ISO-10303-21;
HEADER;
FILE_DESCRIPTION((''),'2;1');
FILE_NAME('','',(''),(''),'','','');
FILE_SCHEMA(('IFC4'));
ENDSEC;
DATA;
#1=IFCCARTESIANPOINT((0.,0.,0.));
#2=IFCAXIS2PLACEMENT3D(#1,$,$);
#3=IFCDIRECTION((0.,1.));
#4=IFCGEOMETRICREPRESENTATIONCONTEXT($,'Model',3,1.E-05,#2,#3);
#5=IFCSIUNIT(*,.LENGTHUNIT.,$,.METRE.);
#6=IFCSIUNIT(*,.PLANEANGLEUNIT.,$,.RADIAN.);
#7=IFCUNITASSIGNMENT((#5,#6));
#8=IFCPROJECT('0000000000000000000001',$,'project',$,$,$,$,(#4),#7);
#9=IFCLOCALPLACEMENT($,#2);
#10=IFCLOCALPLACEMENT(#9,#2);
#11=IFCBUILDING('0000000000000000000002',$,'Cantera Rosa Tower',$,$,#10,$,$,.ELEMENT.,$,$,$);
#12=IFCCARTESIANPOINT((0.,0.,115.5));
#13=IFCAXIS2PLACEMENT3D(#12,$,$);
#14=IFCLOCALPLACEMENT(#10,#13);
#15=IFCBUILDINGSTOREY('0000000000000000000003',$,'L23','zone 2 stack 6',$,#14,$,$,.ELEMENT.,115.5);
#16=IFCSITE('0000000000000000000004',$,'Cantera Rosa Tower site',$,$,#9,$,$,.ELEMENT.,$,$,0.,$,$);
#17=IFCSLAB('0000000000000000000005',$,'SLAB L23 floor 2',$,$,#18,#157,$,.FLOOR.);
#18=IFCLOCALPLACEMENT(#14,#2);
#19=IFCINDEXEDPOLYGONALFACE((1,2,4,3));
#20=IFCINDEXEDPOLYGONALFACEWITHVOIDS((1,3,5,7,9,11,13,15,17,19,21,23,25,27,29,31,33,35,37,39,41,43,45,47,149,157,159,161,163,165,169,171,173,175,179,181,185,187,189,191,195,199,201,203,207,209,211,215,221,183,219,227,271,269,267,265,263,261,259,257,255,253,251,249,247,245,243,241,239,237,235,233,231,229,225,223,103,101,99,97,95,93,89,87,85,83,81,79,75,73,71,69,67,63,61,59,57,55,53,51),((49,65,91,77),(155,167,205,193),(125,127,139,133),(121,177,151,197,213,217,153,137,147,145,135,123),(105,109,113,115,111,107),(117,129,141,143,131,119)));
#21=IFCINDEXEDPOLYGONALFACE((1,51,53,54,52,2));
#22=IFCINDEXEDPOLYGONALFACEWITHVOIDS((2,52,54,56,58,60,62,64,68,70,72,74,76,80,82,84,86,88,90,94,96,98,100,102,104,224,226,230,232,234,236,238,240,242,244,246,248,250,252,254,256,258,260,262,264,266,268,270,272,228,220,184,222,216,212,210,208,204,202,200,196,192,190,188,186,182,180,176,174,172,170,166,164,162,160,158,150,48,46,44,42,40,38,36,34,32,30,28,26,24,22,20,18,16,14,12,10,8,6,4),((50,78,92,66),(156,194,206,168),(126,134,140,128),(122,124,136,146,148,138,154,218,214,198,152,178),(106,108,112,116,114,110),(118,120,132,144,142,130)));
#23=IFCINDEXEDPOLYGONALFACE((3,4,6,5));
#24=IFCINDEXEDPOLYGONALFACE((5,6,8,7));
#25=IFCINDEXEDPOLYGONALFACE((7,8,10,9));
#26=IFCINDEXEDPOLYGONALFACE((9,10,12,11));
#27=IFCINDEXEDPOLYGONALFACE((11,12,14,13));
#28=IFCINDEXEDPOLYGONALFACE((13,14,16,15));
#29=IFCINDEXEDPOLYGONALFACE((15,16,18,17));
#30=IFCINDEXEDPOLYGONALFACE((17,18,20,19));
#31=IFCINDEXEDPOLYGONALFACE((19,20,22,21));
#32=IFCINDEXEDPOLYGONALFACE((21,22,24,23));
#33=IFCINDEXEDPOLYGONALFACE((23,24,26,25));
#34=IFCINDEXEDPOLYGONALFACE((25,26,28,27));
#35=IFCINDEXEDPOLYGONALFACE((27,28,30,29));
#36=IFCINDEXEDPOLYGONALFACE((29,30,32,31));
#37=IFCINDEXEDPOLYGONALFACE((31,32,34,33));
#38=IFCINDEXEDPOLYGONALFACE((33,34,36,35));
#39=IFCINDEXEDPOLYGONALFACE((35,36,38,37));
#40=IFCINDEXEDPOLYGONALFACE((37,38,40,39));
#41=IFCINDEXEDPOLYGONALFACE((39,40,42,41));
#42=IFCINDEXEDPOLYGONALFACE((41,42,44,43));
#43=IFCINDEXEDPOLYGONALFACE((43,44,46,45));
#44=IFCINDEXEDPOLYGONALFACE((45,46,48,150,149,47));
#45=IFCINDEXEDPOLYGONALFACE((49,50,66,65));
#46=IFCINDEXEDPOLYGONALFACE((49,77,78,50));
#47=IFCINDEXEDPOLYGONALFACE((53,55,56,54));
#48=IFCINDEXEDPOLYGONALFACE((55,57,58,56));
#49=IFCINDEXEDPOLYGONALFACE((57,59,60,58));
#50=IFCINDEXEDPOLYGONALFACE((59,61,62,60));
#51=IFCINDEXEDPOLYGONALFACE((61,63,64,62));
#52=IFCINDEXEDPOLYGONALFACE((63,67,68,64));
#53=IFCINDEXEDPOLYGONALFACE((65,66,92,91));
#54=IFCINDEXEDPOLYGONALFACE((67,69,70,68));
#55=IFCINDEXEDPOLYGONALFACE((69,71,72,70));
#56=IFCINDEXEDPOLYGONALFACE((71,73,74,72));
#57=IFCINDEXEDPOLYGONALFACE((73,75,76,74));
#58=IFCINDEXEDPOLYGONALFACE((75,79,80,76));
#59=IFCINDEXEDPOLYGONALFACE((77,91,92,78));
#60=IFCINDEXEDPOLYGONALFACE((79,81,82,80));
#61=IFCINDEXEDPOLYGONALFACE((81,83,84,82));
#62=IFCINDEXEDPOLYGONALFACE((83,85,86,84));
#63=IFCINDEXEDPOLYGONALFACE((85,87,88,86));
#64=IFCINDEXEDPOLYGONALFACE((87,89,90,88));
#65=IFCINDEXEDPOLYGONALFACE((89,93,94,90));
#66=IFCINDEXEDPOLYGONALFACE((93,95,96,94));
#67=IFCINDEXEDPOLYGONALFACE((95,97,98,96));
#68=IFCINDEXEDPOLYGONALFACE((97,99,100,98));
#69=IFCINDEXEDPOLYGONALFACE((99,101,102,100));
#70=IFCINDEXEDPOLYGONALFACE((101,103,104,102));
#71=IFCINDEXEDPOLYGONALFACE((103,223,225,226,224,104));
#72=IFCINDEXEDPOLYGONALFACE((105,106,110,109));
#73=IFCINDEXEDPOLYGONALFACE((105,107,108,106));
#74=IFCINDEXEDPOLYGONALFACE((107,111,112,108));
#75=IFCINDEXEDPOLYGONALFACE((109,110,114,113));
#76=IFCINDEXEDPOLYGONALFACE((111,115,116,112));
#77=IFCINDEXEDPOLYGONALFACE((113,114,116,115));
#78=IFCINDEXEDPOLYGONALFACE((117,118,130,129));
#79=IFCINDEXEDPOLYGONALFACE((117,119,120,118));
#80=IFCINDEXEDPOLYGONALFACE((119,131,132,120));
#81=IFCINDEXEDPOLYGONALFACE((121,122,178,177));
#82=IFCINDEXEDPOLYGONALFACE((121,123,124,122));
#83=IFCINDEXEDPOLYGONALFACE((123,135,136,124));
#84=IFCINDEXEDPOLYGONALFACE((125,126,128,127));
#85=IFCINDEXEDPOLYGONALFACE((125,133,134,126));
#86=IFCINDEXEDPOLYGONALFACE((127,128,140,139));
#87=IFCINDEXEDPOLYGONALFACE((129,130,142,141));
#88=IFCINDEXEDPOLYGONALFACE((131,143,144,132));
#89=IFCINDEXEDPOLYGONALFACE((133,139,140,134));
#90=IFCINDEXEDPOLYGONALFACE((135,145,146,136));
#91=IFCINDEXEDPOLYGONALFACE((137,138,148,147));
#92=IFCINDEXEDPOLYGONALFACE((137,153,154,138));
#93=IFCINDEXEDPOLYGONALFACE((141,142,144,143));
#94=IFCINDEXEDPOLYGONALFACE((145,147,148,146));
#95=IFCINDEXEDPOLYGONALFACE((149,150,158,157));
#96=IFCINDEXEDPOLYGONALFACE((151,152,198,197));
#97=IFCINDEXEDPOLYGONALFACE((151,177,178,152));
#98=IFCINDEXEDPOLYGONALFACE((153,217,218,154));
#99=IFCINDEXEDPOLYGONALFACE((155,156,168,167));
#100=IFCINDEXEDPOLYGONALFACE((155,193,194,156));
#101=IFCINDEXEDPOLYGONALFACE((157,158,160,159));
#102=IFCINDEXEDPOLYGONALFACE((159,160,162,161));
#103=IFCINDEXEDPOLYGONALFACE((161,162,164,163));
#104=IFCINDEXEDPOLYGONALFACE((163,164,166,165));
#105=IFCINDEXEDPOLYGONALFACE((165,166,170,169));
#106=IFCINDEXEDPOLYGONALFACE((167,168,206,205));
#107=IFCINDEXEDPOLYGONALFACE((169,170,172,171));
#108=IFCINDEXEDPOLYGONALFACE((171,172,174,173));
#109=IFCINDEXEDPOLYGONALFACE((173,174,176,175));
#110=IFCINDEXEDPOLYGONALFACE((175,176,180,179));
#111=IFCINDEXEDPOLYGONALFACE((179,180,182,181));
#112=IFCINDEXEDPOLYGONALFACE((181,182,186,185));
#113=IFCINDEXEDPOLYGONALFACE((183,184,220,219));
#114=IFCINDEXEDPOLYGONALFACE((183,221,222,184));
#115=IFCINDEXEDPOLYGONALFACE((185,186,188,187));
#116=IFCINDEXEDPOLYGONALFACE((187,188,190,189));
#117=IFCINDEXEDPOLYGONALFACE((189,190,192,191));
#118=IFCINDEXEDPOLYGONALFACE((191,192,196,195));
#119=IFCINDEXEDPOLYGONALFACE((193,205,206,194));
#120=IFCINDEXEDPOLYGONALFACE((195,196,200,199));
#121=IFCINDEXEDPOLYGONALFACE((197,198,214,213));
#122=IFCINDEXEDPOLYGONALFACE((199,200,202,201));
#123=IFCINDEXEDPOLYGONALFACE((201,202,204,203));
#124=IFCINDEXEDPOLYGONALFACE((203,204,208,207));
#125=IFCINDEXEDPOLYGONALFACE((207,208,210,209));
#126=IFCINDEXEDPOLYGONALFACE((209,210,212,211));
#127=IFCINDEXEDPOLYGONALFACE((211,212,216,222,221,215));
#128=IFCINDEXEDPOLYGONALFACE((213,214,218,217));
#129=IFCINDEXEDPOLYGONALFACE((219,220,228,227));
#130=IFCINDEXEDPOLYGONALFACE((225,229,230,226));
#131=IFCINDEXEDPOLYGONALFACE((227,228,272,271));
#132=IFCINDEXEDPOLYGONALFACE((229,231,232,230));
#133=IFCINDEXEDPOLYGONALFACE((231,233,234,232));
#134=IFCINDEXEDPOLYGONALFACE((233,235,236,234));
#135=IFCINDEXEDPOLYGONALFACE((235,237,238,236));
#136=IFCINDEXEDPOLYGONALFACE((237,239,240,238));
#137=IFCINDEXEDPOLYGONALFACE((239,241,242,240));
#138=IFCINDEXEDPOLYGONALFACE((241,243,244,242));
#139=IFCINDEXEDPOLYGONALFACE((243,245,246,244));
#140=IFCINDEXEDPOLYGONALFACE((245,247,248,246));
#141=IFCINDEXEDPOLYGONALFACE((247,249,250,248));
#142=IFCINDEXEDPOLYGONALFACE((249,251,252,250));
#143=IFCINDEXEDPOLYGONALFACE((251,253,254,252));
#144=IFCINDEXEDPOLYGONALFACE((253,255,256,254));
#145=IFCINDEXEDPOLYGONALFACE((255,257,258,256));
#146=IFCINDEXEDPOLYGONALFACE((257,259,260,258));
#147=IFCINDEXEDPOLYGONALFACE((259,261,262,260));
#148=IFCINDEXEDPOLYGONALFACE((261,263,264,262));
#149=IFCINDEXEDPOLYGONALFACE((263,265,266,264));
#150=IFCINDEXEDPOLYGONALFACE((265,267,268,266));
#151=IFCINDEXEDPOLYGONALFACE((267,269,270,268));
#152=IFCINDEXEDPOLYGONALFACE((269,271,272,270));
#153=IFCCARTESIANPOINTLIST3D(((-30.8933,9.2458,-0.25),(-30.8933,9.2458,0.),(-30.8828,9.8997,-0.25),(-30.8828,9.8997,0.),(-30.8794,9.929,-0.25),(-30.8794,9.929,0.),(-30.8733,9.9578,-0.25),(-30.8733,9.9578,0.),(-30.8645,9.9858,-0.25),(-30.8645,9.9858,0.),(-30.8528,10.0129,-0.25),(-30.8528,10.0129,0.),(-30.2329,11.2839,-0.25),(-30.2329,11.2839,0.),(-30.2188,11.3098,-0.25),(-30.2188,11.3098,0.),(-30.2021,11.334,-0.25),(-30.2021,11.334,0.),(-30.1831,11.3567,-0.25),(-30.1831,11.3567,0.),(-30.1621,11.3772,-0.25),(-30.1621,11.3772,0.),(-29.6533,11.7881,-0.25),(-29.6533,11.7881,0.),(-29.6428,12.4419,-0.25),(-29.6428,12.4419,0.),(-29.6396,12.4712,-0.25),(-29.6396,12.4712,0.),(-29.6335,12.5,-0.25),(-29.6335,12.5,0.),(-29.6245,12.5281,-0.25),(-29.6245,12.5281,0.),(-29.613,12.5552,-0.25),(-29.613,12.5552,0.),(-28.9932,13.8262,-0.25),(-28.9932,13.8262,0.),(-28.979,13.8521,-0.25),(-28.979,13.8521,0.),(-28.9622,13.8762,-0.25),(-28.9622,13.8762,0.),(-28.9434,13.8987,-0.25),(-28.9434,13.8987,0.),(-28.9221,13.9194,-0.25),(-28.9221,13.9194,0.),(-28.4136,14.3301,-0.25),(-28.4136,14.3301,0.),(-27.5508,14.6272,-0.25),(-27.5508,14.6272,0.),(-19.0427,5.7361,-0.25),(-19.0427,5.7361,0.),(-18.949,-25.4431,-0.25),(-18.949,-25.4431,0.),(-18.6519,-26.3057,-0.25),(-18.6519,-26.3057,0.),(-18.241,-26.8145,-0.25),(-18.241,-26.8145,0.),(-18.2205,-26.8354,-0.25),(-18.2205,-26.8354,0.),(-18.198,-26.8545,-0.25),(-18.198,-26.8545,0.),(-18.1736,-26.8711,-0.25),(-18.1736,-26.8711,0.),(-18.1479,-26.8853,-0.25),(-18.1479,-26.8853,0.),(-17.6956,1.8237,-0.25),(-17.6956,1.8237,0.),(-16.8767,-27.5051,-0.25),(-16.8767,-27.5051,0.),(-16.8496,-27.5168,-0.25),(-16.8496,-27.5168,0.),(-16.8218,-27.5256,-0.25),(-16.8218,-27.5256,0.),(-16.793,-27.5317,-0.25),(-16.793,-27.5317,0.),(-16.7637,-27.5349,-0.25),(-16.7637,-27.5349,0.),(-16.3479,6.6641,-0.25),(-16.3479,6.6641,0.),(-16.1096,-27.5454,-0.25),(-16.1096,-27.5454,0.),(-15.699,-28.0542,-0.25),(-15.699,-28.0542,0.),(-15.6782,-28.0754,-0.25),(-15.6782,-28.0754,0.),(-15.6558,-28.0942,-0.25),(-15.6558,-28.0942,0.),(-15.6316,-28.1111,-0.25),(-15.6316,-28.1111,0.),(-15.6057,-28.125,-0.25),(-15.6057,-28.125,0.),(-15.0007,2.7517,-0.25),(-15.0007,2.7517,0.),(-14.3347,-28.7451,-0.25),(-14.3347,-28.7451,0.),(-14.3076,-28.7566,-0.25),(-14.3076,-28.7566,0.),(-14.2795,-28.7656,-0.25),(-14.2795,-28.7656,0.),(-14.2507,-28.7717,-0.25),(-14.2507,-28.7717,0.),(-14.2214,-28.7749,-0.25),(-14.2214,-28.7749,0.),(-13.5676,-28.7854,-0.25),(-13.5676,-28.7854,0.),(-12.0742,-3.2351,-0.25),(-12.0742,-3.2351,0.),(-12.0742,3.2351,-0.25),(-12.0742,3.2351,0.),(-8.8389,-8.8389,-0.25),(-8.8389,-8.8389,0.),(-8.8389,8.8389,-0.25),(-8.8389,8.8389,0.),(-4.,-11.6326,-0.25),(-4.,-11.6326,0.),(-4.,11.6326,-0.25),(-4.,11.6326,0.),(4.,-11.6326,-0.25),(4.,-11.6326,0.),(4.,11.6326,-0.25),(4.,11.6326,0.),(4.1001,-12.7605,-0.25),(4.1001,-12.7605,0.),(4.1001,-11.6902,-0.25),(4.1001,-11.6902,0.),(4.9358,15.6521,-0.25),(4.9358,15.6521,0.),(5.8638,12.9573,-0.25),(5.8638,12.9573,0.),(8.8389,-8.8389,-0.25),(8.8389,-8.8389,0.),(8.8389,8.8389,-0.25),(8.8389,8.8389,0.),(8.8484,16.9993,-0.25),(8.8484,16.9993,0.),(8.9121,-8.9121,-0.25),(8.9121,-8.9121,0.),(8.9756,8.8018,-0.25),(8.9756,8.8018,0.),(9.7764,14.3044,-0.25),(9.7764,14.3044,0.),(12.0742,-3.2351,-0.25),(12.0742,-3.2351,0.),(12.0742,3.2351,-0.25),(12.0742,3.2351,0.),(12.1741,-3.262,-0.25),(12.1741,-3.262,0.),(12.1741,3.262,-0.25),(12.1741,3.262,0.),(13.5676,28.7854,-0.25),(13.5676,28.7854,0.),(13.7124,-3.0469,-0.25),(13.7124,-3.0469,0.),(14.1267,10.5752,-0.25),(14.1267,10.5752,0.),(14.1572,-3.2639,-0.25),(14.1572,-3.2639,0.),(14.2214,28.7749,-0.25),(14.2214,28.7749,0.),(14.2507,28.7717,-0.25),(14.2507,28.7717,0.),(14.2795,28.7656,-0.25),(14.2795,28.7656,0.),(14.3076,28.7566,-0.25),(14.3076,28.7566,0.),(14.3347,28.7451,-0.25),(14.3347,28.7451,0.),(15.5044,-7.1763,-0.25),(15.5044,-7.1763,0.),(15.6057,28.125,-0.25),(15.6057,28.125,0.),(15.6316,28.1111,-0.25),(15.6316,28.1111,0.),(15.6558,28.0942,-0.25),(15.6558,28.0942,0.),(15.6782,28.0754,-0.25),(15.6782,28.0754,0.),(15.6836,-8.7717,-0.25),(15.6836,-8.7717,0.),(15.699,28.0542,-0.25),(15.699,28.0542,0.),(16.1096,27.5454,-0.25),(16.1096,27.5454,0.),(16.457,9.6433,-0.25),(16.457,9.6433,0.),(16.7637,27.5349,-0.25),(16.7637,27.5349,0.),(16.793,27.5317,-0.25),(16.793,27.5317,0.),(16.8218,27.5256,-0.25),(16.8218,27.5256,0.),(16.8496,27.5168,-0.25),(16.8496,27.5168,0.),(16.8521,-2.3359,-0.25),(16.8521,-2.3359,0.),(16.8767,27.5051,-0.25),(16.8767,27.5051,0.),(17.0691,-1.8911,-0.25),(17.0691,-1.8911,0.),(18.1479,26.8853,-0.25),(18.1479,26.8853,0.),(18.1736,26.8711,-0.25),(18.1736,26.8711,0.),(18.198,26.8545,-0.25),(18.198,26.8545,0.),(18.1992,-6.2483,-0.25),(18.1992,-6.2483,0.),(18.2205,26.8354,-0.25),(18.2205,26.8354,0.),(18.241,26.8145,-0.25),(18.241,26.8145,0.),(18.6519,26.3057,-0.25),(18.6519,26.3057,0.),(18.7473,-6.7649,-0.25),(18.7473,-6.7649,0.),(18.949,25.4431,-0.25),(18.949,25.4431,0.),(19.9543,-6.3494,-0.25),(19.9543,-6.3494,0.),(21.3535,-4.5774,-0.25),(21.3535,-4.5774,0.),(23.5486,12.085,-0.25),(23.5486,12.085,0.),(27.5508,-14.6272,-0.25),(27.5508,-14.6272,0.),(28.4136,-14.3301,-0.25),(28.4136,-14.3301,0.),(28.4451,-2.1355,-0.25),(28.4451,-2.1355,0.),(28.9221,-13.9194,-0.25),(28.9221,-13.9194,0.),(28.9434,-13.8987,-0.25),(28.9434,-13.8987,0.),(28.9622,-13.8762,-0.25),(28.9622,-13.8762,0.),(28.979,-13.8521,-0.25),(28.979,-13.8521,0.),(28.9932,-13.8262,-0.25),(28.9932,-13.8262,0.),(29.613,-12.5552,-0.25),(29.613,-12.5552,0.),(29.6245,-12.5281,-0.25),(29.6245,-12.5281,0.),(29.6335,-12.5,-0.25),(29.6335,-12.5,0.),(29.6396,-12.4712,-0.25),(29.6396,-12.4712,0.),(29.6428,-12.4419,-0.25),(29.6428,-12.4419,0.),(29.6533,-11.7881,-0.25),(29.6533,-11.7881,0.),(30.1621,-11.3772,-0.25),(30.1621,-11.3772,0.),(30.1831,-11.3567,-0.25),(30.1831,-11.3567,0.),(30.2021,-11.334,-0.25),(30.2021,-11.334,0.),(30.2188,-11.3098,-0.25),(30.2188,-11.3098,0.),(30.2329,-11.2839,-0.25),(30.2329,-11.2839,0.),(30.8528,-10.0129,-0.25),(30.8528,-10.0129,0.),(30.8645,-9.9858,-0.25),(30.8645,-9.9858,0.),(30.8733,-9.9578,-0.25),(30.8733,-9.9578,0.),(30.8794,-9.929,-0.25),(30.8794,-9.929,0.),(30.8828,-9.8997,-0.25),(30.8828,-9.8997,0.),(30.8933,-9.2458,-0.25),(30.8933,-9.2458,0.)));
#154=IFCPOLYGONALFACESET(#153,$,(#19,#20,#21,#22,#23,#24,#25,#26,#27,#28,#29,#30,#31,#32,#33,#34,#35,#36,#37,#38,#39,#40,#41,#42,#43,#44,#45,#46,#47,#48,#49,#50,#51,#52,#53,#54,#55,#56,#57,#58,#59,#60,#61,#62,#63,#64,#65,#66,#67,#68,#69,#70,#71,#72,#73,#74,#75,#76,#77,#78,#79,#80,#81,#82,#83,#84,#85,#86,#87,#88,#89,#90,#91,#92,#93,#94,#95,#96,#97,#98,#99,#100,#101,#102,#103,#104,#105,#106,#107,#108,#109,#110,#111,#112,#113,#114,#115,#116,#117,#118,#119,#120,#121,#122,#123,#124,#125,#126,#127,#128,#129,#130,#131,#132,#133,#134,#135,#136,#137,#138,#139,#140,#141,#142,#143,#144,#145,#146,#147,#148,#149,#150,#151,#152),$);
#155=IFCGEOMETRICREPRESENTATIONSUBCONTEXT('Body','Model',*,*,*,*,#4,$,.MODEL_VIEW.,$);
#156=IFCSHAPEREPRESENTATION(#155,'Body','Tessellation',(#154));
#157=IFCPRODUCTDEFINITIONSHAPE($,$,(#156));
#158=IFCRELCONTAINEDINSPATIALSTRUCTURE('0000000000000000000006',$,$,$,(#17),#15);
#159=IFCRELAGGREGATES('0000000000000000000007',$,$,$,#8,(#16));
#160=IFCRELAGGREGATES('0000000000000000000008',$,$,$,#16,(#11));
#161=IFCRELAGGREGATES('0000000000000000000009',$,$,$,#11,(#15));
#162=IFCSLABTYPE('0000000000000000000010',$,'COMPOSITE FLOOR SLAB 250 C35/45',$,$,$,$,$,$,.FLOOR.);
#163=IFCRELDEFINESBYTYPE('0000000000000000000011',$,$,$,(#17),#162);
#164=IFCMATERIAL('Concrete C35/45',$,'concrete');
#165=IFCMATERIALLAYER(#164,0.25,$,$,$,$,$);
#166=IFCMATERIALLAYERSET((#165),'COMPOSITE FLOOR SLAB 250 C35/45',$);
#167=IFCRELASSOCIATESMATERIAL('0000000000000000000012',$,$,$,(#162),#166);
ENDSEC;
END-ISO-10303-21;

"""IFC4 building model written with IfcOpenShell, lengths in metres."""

from ifc_helpers import new_model, si_unit, direction, frame, origin, place, context, subcontext, project, spatial, polyline, outline, extrude, material, layer, layer_set, type_object, element, save


model = new_model("IFC4")

# Units and contexts
model_context = context("Model", 3, precision=1e-05, world=origin(), true_north=direction((0.0, 1.0)))
body_context = subcontext(model_context, "Body", "Model", "MODEL_VIEW")
ifc_project = project(units=[si_unit("LENGTHUNIT", "METRE"), si_unit("PLANEANGLEUNIT", "RADIAN")], contexts=[model_context])

# Site, building, storey
site_placement = place(None, origin())
site = spatial("IfcSite", under=ifc_project, at=site_placement, Name="Cantera Rosa Tower site", CompositionType="ELEMENT", RefElevation=0.0)
building_placement = place(site_placement, origin())
building = spatial("IfcBuilding", under=site, at=building_placement, Name="Cantera Rosa Tower", CompositionType="ELEMENT")
storey_placement = place(building_placement, frame((0.0, 0.0, 115.5)))
storey = spatial("IfcBuildingStorey", under=building, at=storey_placement, Name="L23", Description="zone 2 stack 6", CompositionType="ELEMENT", Elevation=115.5)

# Slab
ifc_material_1 = material(Name="Concrete C35/45", Category="concrete")
ifc_layer_1 = layer(ifc_material_1, 0.25)
ifc_layer_set_1 = layer_set([ifc_layer_1], Name="COMPOSITE FLOOR SLAB 250 C35/45")
slab_type_1 = type_object("IfcSlabType", Name="COMPOSITE FLOOR SLAB 250 C35/45", PredefinedType="FLOOR", material=ifc_layer_set_1)
slab_1_placement = place(storey_placement, frame((0.0, 0.0, -0.25)))
element("IfcSlab", 1, at=slab_1_placement, inside=storey, type_object=slab_type_1, Name="SLAB L23 floor 2", PredefinedType="FLOOR", context=body_context, shape_type="SweptSolid", body=[
    extrude(outline(polyline([(-14.3347, -28.7451), (-15.6057, -28.125), (-15.6316, -28.1111), (-15.6558, -28.0942), (-15.6782, -28.0754), (-15.699, -28.0542), (-16.1096, -27.5454), (-16.7637, -27.5349), (-16.793, -27.5317), (-16.8218, -27.5256), (-16.8496, -27.5168), (-16.8767, -27.5051), (-18.1479, -26.8853), (-18.1736, -26.8711), (-18.198, -26.8545), (-18.2205, -26.8354), (-18.241, -26.8145), (-18.6519, -26.3057), (-18.949, -25.4431), (-30.8933, 9.2458), (-30.8828, 9.8997), (-30.8794, 9.929), (-30.8733, 9.9578), (-30.8645, 9.9858), (-30.8528, 10.0129), (-30.2329, 11.2839), (-30.2188, 11.3098), (-30.2021, 11.334), (-30.1831, 11.3567), (-30.1621, 11.3772), (-29.6533, 11.7881), (-29.6428, 12.4419), (-29.6396, 12.4712), (-29.6335, 12.5), (-29.6245, 12.5281), (-29.613, 12.5552), (-28.9932, 13.8262), (-28.979, 13.8521), (-28.9622, 13.8762), (-28.9434, 13.8987), (-28.9221, 13.9194), (-28.4136, 14.3301), (-27.5508, 14.6272), (13.5676, 28.7854), (14.2214, 28.7749), (14.2507, 28.7717), (14.2795, 28.7656), (14.3076, 28.7566), (14.3347, 28.7451), (15.6057, 28.125), (15.6316, 28.1111), (15.6558, 28.0942), (15.6782, 28.0754), (15.699, 28.0542), (16.1096, 27.5454), (16.7637, 27.5349), (16.793, 27.5317), (16.8218, 27.5256), (16.8496, 27.5168), (16.8767, 27.5051), (18.1479, 26.8853), (18.1736, 26.8711), (18.198, 26.8545), (18.2205, 26.8354), (18.241, 26.8145), (18.6519, 26.3057), (18.949, 25.4431), (23.5486, 12.085), (16.457, 9.6433), (21.3535, -4.5774), (28.4451, -2.1355), (30.8933, -9.2458), (30.8828, -9.8997), (30.8794, -9.929), (30.8733, -9.9578), (30.8645, -9.9858), (30.8528, -10.0129), (30.2329, -11.2839), (30.2188, -11.3098), (30.2021, -11.334), (30.1831, -11.3567), (30.1621, -11.3772), (29.6533, -11.7881), (29.6428, -12.4419), (29.6396, -12.4712), (29.6335, -12.5), (29.6245, -12.5281), (29.613, -12.5552), (28.9932, -13.8262), (28.979, -13.8521), (28.9622, -13.8762), (28.9434, -13.8987), (28.9221, -13.9194), (28.4136, -14.3301), (27.5508, -14.6272), (-13.5676, -28.7854), (-14.2214, -28.7749), (-14.2507, -28.7717), (-14.2795, -28.7656), (-14.3076, -28.7566), (-14.3347, -28.7451)]), holes=[polyline([(-4.0, 11.6326), (-8.8389, 8.8389), (-12.0742, 3.2351), (-12.0742, -3.2351), (-8.8389, -8.8389), (-4.0, -11.6326), (-4.0, 11.6326)]), polyline([(-15.0007, 2.7517), (-16.3479, 6.6641), (-19.0427, 5.7361), (-17.6956, 1.8237), (-15.0007, 2.7517)]), polyline([(18.1992, -6.2483), (16.8521, -2.3359), (14.1572, -3.2639), (15.5044, -7.1763), (18.1992, -6.2483)]), polyline([(15.6836, -8.7717), (13.7124, -3.0469), (17.0691, -1.8911), (18.7473, -6.7649), (19.9543, -6.3494), (14.1267, 10.5752), (8.9756, 8.8018), (12.1741, 3.262), (12.1741, -3.262), (8.9121, -8.9121), (4.1001, -11.6902), (4.1001, -12.7605), (15.6836, -8.7717)]), polyline([(8.8389, -8.8389), (12.0742, -3.2351), (12.0742, 3.2351), (8.8389, 8.8389), (4.0, 11.6326), (4.0, -11.6326), (8.8389, -8.8389)]), polyline([(9.7764, 14.3044), (8.8484, 16.9993), (4.9358, 15.6521), (5.8638, 12.9573), (9.7764, 14.3044)])]), origin(), (0.0, 0.0, 1.0), 0.25),
])

save(model, "model.ifc")
